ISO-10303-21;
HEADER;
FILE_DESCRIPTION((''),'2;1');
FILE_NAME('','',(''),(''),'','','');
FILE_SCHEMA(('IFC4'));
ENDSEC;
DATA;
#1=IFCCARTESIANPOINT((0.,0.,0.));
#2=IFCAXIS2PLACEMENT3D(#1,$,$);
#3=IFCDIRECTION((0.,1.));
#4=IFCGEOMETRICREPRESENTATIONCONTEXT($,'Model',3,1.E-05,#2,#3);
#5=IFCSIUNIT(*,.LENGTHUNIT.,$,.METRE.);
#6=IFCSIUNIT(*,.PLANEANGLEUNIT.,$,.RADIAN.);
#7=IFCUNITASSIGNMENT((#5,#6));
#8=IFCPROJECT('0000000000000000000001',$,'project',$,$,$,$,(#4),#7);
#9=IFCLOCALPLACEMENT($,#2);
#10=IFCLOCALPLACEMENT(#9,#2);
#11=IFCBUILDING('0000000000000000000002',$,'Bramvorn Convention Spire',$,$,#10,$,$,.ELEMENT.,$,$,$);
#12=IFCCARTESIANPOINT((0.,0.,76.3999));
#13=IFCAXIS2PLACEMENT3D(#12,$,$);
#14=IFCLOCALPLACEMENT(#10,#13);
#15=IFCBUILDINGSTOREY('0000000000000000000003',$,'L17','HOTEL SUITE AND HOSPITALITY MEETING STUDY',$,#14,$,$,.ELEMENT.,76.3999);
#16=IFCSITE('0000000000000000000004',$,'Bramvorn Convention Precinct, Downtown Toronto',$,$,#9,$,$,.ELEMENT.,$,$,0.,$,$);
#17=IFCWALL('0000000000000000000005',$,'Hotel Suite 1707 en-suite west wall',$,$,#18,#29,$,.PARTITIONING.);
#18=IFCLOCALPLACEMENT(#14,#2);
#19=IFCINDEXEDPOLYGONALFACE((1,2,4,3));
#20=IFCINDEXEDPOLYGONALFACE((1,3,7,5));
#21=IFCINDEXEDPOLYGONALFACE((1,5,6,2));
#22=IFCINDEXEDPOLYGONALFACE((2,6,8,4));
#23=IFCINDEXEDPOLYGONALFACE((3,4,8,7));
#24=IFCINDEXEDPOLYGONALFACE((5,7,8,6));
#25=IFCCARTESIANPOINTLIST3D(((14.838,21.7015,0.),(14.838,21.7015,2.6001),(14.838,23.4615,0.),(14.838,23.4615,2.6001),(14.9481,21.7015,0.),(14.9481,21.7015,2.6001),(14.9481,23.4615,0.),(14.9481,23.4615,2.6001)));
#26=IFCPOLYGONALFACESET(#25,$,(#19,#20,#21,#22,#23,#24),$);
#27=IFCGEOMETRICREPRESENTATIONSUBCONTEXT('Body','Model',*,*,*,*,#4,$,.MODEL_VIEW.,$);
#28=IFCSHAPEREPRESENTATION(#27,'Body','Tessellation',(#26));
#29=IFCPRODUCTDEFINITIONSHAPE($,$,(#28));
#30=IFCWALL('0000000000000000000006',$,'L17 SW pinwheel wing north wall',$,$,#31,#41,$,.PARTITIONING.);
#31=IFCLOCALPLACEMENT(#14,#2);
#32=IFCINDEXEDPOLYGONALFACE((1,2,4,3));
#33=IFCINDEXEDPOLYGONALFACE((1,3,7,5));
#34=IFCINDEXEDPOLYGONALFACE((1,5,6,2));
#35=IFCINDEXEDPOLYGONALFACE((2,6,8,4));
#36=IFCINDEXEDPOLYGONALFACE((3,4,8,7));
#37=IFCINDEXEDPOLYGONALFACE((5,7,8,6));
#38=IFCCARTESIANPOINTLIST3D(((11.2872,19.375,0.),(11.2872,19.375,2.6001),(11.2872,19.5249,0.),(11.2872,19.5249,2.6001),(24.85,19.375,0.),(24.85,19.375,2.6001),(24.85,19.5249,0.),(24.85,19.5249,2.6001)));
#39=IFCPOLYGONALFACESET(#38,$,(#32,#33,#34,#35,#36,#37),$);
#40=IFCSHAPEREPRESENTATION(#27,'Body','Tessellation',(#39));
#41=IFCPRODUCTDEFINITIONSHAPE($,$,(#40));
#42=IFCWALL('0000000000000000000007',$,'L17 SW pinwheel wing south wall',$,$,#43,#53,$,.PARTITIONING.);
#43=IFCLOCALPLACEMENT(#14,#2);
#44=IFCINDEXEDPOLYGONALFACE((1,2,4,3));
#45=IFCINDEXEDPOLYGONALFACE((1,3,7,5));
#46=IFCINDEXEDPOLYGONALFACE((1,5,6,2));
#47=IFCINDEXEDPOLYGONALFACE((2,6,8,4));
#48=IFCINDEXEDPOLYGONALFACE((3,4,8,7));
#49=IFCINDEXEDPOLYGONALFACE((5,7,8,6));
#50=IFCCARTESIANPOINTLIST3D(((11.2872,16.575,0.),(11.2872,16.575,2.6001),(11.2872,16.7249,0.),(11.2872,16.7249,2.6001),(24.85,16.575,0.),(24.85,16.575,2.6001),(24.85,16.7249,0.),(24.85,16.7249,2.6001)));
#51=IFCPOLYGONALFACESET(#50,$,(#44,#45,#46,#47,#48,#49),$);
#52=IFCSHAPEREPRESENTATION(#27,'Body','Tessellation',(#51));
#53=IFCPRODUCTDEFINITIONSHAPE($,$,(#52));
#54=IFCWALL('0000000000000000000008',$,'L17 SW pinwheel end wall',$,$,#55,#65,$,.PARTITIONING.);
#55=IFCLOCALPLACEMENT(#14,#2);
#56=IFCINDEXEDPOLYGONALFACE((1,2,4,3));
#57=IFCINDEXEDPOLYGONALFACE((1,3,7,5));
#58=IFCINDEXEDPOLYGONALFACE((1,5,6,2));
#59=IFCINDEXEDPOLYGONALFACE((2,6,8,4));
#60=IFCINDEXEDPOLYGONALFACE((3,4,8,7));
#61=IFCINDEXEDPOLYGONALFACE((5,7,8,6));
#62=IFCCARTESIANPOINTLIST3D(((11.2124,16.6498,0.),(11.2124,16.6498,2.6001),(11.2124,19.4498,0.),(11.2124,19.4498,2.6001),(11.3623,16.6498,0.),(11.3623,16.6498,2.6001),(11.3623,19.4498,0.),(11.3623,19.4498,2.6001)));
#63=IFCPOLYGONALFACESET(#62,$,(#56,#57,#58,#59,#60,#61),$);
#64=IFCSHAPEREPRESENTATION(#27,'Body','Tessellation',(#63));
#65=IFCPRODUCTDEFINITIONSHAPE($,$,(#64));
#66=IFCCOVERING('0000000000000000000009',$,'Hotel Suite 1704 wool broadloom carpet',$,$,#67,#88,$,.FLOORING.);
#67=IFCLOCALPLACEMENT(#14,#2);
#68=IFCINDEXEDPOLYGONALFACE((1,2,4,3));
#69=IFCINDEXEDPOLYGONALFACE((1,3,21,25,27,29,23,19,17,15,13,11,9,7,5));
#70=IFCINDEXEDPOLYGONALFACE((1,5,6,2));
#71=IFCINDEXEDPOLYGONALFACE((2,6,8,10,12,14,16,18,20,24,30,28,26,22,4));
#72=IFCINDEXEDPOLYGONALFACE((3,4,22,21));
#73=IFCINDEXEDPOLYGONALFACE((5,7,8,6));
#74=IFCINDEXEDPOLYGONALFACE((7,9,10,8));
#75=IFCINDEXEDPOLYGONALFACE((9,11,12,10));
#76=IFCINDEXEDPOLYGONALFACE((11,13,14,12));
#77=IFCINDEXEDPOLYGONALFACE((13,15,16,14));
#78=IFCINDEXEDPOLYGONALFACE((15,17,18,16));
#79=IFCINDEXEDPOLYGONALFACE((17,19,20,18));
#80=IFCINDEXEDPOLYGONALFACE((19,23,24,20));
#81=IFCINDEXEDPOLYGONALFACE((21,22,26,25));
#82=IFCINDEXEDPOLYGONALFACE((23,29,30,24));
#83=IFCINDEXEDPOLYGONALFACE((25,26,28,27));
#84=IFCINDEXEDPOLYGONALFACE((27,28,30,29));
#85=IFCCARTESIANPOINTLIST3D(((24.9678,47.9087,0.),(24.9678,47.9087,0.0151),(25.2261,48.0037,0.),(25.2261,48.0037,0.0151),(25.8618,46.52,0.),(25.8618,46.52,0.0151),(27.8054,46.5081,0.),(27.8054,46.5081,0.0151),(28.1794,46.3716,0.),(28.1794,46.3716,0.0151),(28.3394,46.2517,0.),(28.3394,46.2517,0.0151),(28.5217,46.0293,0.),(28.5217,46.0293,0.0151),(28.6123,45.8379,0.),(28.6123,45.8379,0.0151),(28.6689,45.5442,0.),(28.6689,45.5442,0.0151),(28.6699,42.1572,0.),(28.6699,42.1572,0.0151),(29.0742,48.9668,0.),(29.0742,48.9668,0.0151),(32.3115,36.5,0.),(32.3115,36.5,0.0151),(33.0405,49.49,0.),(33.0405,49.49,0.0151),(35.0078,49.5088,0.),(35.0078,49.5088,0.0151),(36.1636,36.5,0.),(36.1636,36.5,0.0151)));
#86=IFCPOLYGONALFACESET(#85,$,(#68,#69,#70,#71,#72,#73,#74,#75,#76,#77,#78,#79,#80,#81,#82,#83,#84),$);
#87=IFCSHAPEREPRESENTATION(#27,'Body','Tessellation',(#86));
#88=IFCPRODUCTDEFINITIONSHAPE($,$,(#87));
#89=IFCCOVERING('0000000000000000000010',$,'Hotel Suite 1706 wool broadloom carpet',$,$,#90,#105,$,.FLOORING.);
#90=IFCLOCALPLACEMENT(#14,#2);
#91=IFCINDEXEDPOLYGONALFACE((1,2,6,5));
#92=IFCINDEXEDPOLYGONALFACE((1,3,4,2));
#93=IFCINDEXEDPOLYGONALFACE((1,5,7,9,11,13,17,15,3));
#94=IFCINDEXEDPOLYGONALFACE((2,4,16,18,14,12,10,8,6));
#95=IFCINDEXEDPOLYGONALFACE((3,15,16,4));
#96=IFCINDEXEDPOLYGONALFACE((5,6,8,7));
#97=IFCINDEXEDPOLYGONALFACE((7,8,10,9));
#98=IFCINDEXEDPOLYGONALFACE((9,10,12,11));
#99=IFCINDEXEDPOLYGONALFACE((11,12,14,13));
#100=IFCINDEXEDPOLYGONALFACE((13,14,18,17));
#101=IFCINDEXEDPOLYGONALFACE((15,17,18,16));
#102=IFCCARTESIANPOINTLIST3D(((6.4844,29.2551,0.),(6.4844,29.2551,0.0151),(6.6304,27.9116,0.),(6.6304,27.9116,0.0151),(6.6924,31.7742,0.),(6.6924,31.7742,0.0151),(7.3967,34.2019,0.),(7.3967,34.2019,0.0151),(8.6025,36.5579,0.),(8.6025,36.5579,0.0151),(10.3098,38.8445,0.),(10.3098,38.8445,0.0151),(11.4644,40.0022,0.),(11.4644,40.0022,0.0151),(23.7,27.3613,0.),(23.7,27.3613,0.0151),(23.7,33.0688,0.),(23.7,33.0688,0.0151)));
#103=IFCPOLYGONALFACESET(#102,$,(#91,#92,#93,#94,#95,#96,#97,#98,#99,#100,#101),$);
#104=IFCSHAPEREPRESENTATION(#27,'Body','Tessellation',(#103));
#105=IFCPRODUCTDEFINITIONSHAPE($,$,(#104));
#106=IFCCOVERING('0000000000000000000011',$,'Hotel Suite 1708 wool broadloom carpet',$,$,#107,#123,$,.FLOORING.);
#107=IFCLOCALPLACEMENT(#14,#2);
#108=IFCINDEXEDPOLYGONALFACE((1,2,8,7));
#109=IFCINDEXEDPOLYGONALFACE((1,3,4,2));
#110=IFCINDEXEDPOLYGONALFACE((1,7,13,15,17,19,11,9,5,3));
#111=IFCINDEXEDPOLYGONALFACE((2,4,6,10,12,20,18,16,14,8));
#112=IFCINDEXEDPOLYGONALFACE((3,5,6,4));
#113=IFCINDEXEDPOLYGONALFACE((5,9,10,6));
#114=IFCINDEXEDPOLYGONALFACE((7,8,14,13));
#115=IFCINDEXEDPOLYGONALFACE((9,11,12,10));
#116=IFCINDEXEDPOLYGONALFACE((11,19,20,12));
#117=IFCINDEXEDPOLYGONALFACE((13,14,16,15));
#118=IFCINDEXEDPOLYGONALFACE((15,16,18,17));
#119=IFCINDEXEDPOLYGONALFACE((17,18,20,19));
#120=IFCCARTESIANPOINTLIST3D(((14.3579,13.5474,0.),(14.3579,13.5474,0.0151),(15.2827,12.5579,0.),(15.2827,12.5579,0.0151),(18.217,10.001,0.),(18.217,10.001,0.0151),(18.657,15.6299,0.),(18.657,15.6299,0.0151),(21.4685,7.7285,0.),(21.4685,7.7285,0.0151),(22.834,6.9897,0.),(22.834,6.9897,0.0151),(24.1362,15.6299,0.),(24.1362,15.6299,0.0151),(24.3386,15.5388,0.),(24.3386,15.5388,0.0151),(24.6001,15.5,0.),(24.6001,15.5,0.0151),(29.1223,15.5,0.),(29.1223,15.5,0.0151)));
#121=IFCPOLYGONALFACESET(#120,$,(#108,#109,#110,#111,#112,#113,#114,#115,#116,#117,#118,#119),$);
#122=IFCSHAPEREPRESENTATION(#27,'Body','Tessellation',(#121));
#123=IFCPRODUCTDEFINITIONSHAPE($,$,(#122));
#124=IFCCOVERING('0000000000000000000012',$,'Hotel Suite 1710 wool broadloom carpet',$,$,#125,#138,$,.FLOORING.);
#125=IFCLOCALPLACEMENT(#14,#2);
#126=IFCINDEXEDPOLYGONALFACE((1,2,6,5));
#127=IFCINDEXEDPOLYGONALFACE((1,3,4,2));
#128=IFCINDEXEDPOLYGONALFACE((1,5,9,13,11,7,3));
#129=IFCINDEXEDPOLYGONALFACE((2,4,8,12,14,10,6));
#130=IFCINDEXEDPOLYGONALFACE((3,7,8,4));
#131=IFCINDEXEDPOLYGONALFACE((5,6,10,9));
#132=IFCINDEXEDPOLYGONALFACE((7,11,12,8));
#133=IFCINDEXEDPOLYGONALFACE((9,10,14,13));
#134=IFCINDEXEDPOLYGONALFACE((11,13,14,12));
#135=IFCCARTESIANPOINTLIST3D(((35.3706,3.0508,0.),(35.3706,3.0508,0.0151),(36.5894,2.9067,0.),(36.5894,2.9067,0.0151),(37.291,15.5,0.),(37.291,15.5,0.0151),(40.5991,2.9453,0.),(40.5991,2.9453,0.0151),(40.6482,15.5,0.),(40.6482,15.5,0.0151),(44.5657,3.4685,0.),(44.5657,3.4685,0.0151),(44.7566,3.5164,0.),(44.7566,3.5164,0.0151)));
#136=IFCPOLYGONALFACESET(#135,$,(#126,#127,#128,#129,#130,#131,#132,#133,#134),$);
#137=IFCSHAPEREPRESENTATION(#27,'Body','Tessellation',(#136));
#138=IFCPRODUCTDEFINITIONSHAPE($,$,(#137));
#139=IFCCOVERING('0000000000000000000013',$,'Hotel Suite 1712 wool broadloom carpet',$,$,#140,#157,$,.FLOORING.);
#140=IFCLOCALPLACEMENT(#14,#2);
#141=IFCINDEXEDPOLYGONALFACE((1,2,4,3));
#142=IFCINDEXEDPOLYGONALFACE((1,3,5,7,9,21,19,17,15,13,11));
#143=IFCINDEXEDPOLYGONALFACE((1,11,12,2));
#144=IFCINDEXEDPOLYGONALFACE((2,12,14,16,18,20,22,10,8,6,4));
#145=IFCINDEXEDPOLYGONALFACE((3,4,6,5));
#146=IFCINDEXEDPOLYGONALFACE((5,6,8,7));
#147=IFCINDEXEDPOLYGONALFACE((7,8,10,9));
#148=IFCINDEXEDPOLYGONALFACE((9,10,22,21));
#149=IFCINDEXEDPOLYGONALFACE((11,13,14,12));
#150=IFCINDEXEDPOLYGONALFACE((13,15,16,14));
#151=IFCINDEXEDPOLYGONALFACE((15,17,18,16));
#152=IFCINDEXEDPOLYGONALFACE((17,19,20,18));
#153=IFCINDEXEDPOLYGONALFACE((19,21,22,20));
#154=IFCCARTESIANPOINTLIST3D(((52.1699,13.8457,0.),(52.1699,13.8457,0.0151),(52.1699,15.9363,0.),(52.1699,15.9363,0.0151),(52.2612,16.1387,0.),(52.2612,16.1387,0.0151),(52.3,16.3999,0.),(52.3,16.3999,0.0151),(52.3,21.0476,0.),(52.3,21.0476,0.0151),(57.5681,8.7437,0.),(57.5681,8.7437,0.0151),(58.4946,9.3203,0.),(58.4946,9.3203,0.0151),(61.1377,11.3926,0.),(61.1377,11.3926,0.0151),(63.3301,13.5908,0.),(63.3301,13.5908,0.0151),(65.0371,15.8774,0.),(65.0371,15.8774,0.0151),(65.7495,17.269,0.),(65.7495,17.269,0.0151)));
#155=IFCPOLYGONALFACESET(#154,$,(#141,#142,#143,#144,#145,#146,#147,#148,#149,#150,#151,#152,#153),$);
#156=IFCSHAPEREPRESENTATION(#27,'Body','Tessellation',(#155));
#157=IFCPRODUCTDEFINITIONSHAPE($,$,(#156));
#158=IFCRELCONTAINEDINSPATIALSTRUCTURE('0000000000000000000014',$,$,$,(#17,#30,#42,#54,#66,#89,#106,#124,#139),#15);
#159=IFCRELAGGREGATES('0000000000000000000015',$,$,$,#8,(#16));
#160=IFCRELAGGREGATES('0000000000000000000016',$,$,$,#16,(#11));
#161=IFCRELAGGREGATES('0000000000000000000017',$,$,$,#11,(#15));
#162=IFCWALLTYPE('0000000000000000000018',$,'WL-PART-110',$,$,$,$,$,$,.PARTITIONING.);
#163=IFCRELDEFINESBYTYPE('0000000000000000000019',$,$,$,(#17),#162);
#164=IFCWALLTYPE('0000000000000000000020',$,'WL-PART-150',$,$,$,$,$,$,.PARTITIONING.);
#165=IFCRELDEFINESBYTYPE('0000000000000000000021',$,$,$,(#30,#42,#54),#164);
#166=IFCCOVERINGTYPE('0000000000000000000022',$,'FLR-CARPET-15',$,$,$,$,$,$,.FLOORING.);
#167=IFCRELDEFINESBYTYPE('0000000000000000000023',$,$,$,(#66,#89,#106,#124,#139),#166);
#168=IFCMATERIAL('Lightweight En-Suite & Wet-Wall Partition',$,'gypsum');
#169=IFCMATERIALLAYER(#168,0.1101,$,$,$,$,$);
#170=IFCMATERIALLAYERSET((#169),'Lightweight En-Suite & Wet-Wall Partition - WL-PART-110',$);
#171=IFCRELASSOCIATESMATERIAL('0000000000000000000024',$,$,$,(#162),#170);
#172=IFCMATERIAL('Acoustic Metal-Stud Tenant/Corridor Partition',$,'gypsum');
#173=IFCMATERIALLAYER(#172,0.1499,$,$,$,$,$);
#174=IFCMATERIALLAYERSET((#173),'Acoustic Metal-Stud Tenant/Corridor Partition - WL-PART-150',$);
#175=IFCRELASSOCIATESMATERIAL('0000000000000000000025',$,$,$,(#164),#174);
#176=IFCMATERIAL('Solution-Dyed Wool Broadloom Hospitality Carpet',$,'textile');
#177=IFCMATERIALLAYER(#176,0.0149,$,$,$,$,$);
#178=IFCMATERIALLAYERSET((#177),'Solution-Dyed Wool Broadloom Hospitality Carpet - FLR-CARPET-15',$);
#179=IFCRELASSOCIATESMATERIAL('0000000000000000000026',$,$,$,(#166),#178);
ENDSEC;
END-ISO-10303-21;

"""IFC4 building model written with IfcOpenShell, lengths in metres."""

from ifc_helpers import new_model, si_unit, direction, frame, frame_2d, origin, place, context, subcontext, project, spatial, polyline, rectangle, outline, extrude, material, layer, layer_set, type_object, element, save


model = new_model("IFC4")

# Units and contexts
model_context = context("Model", 3, precision=1e-05, world=origin(), true_north=direction((0.0, 1.0)))
body_context = subcontext(model_context, "Body", "Model", "MODEL_VIEW")
ifc_project = project(units=[si_unit("LENGTHUNIT", "METRE"), si_unit("PLANEANGLEUNIT", "RADIAN")], contexts=[model_context])

# Site, building, storey
site_placement = place(None, origin())
site = spatial("IfcSite", under=ifc_project, at=site_placement, Name="Bramvorn Convention Precinct, Downtown Toronto", CompositionType="ELEMENT", RefElevation=0.0)
building_placement = place(site_placement, origin())
building = spatial("IfcBuilding", under=site, at=building_placement, Name="Bramvorn Convention Spire", CompositionType="ELEMENT")
storey_placement = place(building_placement, frame((0.0, 0.0, 76.3999)))
storey = spatial("IfcBuildingStorey", under=building, at=storey_placement, Name="L17", Description="HOTEL SUITE AND HOSPITALITY MEETING STUDY", CompositionType="ELEMENT", Elevation=76.3999)

# Shared definitions
ifc_material_1 = material(Name="Lightweight En-Suite & Wet-Wall Partition", Category="gypsum")
ifc_layer_1 = layer(ifc_material_1, 0.1101)
ifc_layer_set_1 = layer_set([ifc_layer_1], Name="Lightweight En-Suite & Wet-Wall Partition - WL-PART-110")
wall_type_1 = type_object("IfcWallType", Name="WL-PART-110", PredefinedType="PARTITIONING", material=ifc_layer_set_1)

# Walls
wall_1_placement = place(storey_placement, frame((14.8931, 21.7017, 0.0), z_axis=(0.0, 0.0, 1.0), x_axis=(0.0, 1.0, 0.0)))
element("IfcWall", 1, at=wall_1_placement, inside=storey, type_object=wall_type_1, Name="Hotel Suite 1707 en-suite west wall", PredefinedType="PARTITIONING", context=body_context, shape_type="SweptSolid", body=[
    extrude(rectangle(XDim=1.76, YDim=0.1101, at=frame_2d((0.8799, 0.0))), origin(), (0.0, 0.0, 1.0), 2.6001),
])
ifc_material_2 = material(Name="Acoustic Metal-Stud Tenant/Corridor Partition", Category="gypsum")
ifc_layer_2 = layer(ifc_material_2, 0.1499)
ifc_layer_set_2 = layer_set([ifc_layer_2], Name="Acoustic Metal-Stud Tenant/Corridor Partition - WL-PART-150")
wall_type_2 = type_object("IfcWallType", Name="WL-PART-150", PredefinedType="PARTITIONING", material=ifc_layer_set_2)
for number, where, z_axis, x_axis, name in (
    (2, (11.2874, 19.45, 0.0), (0.0, 0.0, 1.0), (1.0, 0.0, 0.0), "L17 SW pinwheel wing north wall"),
    (3, (11.2874, 16.6499, 0.0), (0.0, 0.0, 1.0), (1.0, 0.0, 0.0), "L17 SW pinwheel wing south wall"),
):
    element("IfcWall", number, at=place(storey_placement, frame(where, z_axis=z_axis, x_axis=x_axis)), inside=storey, type_object=wall_type_2, Name=name, PredefinedType="PARTITIONING", context=body_context, shape_type="SweptSolid", body=[
        extrude(rectangle(XDim=13.5627, YDim=0.1499, at=frame_2d((6.7812, 0.0))), origin(), (0.0, 0.0, 1.0), 2.6001),
    ])
wall_2_placement = place(storey_placement, frame((11.2874, 16.6499, 0.0), z_axis=(0.0, 0.0, 1.0), x_axis=(0.0, 1.0, 0.0)))
element("IfcWall", 4, at=wall_2_placement, inside=storey, type_object=wall_type_2, Name="L17 SW pinwheel end wall", PredefinedType="PARTITIONING", context=body_context, shape_type="SweptSolid", body=[
    extrude(rectangle(XDim=2.8, YDim=0.1499, at=frame_2d((1.3999, 0.0))), origin(), (0.0, 0.0, 1.0), 2.6001),
])

# Coverings
ifc_material_3 = material(Name="Solution-Dyed Wool Broadloom Hospitality Carpet", Category="textile")
ifc_layer_3 = layer(ifc_material_3, 0.0149)
ifc_layer_set_3 = layer_set([ifc_layer_3], Name="Solution-Dyed Wool Broadloom Hospitality Carpet - FLR-CARPET-15")
covering_type = type_object("IfcCoveringType", Name="FLR-CARPET-15", PredefinedType="FLOORING", material=ifc_layer_set_3)
covering_1_placement = place(storey_placement, origin())
element("IfcCovering", 5, at=covering_1_placement, inside=storey, type_object=covering_type, Name="Hotel Suite 1704 wool broadloom carpet", PredefinedType="FLOORING", context=body_context, shape_type="SweptSolid", body=[
    extrude(outline(polyline([(25.2261, 48.0037), (24.9678, 47.9087), (25.8618, 46.52), (27.8054, 46.5081), (28.1794, 46.3716), (28.3394, 46.2517), (28.5217, 46.0293), (28.6123, 45.8379), (28.6689, 45.5442), (28.6699, 42.1572), (32.3115, 36.5), (36.1636, 36.5), (35.0078, 49.5088), (33.0405, 49.49), (29.0742, 48.9668), (25.2261, 48.0037)])), origin(), (0.0, 0.0, 1.0), 0.0151),
])
covering_2_placement = place(storey_placement, origin())
element("IfcCovering", 6, at=covering_2_placement, inside=storey, type_object=covering_type, Name="Hotel Suite 1706 wool broadloom carpet", PredefinedType="FLOORING", context=body_context, shape_type="SweptSolid", body=[
    extrude(outline(polyline([(6.4844, 29.2551), (6.6304, 27.9116), (23.7, 27.3613), (23.7, 33.0688), (11.4644, 40.0022), (10.3098, 38.8445), (8.6025, 36.5579), (7.3967, 34.2019), (6.6924, 31.7742), (6.4844, 29.2551)])), origin(), (0.0, 0.0, 1.0), 0.0151),
])
covering_3_placement = place(storey_placement, origin())
element("IfcCovering", 7, at=covering_3_placement, inside=storey, type_object=covering_type, Name="Hotel Suite 1708 wool broadloom carpet", PredefinedType="FLOORING", context=body_context, shape_type="SweptSolid", body=[
    extrude(outline(polyline([(21.4685, 7.7285), (22.834, 6.9897), (29.1223, 15.5), (24.6001, 15.5), (24.3386, 15.5388), (24.1362, 15.6299), (18.657, 15.6299), (14.3579, 13.5474), (15.2827, 12.5579), (18.217, 10.001), (21.4685, 7.7285)])), origin(), (0.0, 0.0, 1.0), 0.0151),
])
covering_4_placement = place(storey_placement, origin())
element("IfcCovering", 8, at=covering_4_placement, inside=storey, type_object=covering_type, Name="Hotel Suite 1710 wool broadloom carpet", PredefinedType="FLOORING", context=body_context, shape_type="SweptSolid", body=[
    extrude(outline(polyline([(44.5657, 3.4685), (44.7566, 3.5164), (40.6482, 15.5), (37.291, 15.5), (35.3706, 3.0508), (36.5894, 2.9067), (40.5991, 2.9453), (44.5657, 3.4685)])), origin(), (0.0, 0.0, 1.0), 0.0151),
])
covering_5_placement = place(storey_placement, origin())
element("IfcCovering", 9, at=covering_5_placement, inside=storey, type_object=covering_type, Name="Hotel Suite 1712 wool broadloom carpet", PredefinedType="FLOORING", context=body_context, shape_type="SweptSolid", body=[
    extrude(outline(polyline([(52.1699, 13.8457), (57.5681, 8.7437), (58.4946, 9.3203), (61.1377, 11.3926), (63.3301, 13.5908), (65.0371, 15.8774), (65.7495, 17.269), (52.3, 21.0476), (52.3, 16.3999), (52.2612, 16.1387), (52.1699, 15.9363), (52.1699, 13.8457)])), origin(), (0.0, 0.0, 1.0), 0.0151),
])

save(model, "model.ifc")
